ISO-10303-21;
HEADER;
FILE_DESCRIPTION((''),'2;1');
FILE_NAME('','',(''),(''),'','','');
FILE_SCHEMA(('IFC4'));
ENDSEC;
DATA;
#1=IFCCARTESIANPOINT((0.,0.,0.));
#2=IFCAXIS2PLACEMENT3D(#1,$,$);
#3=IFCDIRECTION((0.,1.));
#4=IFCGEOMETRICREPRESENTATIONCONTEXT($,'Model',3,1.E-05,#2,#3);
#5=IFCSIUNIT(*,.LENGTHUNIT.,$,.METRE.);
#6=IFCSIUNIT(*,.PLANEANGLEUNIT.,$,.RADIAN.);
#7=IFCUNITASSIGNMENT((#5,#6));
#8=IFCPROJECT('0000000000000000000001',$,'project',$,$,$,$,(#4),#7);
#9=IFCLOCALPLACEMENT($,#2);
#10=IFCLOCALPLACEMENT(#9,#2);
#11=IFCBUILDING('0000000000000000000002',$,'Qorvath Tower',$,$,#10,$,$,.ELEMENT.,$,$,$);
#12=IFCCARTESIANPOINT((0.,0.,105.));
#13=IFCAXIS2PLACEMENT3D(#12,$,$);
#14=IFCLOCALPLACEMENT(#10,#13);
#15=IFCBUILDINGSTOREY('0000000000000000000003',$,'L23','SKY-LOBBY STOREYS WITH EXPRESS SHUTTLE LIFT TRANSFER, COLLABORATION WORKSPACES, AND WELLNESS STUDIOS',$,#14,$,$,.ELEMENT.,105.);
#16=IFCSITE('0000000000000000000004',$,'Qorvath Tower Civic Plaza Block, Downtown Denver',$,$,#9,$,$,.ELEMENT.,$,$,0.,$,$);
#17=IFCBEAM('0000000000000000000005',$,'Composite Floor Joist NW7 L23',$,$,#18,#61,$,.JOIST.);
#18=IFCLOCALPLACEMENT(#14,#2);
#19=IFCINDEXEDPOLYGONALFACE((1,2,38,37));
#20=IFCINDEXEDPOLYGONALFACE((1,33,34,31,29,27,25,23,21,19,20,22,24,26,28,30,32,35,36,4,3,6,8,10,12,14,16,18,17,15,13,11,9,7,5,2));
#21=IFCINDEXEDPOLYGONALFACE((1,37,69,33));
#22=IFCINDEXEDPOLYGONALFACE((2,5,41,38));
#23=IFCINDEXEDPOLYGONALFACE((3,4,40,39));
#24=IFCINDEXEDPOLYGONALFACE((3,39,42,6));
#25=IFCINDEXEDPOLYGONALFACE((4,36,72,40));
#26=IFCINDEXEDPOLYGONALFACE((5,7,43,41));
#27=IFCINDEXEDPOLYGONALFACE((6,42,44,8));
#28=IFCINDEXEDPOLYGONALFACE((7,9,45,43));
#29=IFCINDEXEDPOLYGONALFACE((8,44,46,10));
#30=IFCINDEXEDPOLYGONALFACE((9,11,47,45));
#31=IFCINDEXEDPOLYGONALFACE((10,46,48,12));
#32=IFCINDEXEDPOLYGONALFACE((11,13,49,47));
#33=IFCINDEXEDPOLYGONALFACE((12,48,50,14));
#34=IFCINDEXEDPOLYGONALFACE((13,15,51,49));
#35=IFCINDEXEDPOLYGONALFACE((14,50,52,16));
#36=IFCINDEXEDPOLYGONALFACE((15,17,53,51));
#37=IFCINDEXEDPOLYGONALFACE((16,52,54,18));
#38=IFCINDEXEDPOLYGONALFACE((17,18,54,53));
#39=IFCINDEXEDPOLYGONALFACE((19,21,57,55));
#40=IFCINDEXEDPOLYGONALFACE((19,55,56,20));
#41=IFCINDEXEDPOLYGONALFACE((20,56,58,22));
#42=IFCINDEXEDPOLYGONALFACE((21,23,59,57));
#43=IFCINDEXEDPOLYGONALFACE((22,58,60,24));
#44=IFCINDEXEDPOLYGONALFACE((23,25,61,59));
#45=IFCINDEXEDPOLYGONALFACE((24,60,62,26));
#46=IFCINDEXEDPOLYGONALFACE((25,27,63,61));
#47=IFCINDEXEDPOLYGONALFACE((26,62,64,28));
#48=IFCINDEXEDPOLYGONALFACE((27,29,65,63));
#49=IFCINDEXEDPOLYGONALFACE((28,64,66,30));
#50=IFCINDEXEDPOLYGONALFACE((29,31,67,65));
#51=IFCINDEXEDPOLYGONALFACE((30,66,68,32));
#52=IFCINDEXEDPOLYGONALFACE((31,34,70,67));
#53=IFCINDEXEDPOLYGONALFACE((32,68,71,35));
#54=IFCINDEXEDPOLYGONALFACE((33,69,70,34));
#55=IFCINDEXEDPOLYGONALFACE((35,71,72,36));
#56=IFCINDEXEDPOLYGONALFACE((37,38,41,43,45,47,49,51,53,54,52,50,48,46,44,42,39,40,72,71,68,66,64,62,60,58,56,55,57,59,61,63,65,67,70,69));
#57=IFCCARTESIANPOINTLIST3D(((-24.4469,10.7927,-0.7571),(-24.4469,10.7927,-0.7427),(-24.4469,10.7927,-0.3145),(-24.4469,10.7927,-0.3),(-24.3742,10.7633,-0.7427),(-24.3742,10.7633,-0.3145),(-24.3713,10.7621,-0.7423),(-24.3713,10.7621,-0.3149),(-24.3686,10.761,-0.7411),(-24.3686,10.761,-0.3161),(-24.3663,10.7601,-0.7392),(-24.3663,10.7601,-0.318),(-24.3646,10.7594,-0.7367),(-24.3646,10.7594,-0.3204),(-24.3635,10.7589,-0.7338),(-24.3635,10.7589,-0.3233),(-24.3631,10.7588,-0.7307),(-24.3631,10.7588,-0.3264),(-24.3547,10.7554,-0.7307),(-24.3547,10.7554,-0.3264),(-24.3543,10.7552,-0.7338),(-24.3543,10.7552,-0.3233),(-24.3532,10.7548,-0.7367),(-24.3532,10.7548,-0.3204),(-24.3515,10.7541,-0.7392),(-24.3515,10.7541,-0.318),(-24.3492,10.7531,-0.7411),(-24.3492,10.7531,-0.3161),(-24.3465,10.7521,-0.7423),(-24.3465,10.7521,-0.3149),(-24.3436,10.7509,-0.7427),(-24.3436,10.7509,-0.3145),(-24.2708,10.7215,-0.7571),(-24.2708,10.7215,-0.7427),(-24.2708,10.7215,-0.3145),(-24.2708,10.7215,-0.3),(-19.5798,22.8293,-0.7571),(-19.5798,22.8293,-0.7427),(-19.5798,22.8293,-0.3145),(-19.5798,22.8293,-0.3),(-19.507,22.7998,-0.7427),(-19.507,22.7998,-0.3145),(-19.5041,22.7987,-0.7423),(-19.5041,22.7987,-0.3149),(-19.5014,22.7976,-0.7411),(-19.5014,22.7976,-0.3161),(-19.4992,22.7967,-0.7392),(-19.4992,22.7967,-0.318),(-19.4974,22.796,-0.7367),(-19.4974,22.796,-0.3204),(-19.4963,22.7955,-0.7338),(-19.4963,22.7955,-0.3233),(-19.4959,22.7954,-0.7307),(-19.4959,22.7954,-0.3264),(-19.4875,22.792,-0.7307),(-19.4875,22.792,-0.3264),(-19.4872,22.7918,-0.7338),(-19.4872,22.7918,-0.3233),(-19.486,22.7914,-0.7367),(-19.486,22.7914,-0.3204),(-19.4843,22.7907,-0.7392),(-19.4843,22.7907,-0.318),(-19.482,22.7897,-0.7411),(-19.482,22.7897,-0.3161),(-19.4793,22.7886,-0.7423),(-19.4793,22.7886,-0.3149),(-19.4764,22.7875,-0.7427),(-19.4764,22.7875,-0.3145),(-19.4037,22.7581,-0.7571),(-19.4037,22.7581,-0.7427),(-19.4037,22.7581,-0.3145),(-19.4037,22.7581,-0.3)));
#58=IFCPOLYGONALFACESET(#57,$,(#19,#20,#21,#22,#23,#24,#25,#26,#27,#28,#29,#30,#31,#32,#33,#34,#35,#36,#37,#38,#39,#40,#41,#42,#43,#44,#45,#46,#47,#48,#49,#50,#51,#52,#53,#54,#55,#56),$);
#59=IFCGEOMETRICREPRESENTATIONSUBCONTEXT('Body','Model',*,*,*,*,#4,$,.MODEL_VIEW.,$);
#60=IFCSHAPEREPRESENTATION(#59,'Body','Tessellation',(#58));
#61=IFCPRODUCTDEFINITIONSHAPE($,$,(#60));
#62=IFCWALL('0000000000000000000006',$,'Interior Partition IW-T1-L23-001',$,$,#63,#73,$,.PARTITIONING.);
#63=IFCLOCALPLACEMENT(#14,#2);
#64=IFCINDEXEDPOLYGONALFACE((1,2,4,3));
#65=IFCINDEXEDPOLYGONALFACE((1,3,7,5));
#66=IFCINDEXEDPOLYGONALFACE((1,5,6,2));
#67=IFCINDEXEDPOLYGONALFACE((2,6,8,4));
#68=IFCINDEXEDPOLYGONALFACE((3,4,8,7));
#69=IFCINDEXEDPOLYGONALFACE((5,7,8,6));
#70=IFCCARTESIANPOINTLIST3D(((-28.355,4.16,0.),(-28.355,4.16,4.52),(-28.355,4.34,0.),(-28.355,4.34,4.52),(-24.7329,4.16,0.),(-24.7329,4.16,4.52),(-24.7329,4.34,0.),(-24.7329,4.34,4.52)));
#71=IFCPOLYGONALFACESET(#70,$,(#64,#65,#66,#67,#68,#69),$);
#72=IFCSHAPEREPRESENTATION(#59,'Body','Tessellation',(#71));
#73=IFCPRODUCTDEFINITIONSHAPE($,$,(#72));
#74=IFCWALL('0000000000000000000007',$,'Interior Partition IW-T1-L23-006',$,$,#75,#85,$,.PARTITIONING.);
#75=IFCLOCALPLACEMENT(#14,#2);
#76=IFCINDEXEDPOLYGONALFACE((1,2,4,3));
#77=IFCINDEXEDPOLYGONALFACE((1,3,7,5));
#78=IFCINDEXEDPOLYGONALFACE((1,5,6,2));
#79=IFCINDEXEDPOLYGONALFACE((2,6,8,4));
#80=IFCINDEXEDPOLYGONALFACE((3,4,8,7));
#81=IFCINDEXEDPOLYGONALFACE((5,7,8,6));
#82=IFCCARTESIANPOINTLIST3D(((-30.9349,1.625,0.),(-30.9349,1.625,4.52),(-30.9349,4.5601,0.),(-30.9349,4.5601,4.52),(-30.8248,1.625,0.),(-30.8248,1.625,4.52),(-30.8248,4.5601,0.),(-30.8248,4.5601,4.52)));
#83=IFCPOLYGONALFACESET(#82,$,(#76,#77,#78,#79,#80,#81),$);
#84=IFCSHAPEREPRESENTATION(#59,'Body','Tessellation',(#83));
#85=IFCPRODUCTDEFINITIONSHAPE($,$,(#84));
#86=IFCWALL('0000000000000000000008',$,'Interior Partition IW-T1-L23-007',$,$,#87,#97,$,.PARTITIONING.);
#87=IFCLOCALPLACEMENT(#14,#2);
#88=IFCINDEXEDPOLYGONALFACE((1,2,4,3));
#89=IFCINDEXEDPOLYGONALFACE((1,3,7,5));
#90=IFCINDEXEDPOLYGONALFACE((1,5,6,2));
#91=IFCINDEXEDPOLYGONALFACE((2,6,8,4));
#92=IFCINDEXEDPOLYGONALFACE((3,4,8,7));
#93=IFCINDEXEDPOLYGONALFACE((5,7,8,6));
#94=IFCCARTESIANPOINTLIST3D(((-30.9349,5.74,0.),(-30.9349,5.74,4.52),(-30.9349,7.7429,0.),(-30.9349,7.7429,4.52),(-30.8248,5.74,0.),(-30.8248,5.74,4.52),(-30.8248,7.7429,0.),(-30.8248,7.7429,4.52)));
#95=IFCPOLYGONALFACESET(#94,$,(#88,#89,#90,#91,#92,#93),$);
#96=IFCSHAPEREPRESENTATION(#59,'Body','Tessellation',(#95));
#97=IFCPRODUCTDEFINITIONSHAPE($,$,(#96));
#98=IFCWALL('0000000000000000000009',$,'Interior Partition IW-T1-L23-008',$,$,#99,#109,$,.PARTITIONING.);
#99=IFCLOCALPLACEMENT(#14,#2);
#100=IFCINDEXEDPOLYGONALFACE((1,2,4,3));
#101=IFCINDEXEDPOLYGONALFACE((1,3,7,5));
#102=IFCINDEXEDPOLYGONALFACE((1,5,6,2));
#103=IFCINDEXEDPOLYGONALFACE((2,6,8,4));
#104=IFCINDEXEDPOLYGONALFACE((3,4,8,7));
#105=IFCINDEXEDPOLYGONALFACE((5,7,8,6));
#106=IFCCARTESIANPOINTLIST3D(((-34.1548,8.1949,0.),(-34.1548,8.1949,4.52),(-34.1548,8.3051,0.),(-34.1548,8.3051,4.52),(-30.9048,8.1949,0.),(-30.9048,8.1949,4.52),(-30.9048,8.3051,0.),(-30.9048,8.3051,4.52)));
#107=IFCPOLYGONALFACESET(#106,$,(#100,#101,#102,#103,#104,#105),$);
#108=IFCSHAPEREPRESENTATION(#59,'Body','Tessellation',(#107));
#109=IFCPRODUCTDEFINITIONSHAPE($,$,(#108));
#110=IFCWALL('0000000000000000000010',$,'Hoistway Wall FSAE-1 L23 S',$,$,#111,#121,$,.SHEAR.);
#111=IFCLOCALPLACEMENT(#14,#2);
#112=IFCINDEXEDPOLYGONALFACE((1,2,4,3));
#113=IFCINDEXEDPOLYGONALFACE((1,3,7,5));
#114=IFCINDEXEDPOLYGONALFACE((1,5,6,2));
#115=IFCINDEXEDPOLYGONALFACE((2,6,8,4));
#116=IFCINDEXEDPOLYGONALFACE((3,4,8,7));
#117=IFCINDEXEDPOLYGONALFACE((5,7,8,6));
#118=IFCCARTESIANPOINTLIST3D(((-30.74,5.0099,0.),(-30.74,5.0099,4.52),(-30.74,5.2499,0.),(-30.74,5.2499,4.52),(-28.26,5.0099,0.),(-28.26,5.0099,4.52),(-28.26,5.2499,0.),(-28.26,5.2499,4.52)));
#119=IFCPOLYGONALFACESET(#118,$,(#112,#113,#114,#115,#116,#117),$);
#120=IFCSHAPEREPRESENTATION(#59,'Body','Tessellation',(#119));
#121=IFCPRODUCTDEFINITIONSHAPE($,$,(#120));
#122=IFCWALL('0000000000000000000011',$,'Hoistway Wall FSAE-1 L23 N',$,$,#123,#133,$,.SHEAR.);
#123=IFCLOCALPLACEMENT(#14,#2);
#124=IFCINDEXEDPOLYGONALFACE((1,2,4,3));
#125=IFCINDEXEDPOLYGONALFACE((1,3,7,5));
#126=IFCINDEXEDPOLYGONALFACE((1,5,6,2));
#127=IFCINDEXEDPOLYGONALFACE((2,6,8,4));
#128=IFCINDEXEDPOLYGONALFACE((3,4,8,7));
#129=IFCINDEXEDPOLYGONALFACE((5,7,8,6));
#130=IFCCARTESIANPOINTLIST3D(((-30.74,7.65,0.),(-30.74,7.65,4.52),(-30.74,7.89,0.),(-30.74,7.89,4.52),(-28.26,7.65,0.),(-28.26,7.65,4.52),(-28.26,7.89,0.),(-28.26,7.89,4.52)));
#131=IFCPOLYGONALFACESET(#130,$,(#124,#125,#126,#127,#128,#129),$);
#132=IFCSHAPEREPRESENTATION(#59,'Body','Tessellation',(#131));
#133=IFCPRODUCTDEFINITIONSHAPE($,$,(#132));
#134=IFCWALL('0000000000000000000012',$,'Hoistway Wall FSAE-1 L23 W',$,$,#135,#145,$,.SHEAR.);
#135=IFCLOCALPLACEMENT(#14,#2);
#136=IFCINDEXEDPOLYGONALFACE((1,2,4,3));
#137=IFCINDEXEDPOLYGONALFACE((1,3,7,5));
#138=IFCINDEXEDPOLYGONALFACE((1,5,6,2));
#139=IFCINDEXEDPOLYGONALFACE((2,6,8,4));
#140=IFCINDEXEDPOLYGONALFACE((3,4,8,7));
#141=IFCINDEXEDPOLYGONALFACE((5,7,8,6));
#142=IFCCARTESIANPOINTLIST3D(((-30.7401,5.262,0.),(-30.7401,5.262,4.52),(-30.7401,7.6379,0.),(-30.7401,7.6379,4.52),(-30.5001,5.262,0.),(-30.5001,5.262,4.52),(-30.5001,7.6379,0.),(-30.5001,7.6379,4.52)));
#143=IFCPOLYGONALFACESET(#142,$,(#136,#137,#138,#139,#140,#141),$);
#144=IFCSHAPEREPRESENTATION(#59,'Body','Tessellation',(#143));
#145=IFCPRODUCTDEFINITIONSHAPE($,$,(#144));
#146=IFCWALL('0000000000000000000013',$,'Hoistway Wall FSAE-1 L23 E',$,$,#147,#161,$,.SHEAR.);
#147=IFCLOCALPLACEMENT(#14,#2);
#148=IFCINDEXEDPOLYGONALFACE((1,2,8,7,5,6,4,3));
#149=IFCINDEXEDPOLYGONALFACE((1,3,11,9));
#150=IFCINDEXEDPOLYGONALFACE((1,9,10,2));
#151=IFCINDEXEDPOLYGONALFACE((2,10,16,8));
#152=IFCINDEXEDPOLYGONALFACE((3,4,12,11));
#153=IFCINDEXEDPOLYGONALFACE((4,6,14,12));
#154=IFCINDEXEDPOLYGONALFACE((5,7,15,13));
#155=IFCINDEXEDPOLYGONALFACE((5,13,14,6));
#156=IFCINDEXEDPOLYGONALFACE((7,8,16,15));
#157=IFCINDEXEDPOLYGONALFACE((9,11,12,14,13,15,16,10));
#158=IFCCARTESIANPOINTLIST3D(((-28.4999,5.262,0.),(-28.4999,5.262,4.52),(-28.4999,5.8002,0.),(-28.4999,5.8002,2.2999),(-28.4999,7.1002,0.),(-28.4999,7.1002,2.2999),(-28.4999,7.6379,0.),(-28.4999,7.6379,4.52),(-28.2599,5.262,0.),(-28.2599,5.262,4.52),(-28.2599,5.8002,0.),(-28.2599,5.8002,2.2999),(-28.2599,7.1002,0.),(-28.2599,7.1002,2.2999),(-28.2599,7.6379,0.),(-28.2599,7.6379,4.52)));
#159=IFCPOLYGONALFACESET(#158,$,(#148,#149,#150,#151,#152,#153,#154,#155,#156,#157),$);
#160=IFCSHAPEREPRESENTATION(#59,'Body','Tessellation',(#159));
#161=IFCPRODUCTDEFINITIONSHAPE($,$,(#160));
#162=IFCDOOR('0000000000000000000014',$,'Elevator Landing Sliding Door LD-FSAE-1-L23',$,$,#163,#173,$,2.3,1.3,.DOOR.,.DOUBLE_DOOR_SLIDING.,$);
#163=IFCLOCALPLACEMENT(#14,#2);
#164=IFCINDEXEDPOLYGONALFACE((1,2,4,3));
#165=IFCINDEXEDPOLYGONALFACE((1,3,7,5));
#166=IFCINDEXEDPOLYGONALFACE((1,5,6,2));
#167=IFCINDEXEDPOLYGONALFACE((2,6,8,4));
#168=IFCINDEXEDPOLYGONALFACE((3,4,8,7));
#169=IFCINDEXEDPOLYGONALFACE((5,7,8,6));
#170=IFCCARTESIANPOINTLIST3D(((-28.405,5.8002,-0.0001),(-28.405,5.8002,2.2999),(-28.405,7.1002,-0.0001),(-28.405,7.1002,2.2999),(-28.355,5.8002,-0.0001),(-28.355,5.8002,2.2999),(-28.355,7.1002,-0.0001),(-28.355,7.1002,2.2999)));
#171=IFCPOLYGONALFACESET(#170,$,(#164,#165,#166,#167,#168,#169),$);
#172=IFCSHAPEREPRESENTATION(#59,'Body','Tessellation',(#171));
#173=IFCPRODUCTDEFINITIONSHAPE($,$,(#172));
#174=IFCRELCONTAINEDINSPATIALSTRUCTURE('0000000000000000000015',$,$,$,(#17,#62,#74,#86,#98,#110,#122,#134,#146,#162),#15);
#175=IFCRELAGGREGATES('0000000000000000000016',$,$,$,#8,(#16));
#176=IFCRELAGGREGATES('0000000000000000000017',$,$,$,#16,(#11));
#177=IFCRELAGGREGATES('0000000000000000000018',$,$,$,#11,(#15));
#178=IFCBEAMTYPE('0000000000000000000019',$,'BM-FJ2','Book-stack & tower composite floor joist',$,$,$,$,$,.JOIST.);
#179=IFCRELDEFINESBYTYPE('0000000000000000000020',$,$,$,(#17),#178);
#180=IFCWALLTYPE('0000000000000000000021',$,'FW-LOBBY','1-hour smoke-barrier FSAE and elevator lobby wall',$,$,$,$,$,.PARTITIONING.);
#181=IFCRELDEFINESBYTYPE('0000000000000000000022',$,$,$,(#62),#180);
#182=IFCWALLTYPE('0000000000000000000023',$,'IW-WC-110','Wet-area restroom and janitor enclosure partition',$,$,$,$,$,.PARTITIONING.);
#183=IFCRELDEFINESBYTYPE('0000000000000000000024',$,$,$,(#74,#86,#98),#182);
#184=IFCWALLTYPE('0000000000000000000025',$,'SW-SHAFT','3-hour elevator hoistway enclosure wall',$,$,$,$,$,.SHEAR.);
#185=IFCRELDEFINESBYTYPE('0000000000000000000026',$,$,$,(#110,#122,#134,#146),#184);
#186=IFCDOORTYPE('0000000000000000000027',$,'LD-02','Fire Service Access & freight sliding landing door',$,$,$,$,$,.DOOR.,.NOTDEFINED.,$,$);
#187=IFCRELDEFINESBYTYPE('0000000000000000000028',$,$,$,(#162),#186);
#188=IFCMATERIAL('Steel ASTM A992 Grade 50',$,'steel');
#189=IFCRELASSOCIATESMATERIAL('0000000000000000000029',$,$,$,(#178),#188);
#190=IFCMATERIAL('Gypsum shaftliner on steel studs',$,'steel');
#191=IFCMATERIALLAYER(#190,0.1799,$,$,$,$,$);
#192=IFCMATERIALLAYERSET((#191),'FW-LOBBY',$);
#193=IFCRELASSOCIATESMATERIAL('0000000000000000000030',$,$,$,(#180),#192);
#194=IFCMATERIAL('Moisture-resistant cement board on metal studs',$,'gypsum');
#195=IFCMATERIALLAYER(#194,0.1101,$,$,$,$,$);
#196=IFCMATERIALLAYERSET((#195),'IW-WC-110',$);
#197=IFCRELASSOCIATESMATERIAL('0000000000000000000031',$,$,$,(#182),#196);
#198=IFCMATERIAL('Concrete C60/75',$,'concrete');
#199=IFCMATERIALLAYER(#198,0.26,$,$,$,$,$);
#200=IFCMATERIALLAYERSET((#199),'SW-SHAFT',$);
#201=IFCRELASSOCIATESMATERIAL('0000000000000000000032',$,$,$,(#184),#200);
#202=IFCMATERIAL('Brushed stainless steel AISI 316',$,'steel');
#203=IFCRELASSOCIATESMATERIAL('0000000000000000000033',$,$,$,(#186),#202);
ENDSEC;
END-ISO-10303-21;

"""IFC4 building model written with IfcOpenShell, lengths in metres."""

from ifc_helpers import new_model, si_unit, direction, frame, frame_2d, origin, origin_2d, place, context, subcontext, project, spatial, rectangle, i_section, extrude, material, layer, layer_set, material_profile, profile_set, type_object, element, fill, save


model = new_model("IFC4")

# Units and contexts
model_context = context("Model", 3, precision=1e-05, world=origin(), true_north=direction((0.0, 1.0)))
body_context = subcontext(model_context, "Body", "Model", "MODEL_VIEW")
ifc_project = project(units=[si_unit("LENGTHUNIT", "METRE"), si_unit("PLANEANGLEUNIT", "RADIAN")], contexts=[model_context])

# Site, building, storey
site_placement = place(None, origin())
site = spatial("IfcSite", under=ifc_project, at=site_placement, Name="Qorvath Tower Civic Plaza Block, Downtown Denver", CompositionType="ELEMENT", RefElevation=0.0)
building_placement = place(site_placement, origin())
building = spatial("IfcBuilding", under=site, at=building_placement, Name="Qorvath Tower", CompositionType="ELEMENT")
storey_placement = place(building_placement, frame((0.0, 0.0, 105.0)))
storey = spatial("IfcBuildingStorey", under=building, at=storey_placement, Name="L23", Description="SKY-LOBBY STOREYS WITH EXPRESS SHUTTLE LIFT TRANSFER, COLLABORATION WORKSPACES, AND WELLNESS STUDIOS", CompositionType="ELEMENT", Elevation=105.0)

# Beam
ifc_material_1 = material(Name="Steel ASTM A992 Grade 50", Category="steel")
ifc_material_profile_1 = material_profile(ifc_material_1, i_section(OverallWidth=0.1899, OverallDepth=0.457, WebThickness=0.009, FlangeThickness=0.0144, FilletRadius=0.012, at=origin_2d()), Name="W18x50")
ifc_profile_set_1 = profile_set([ifc_material_profile_1], Name="Steel ASTM A992 Grade 50")
beam_type_1 = type_object("IfcBeamType", Name="BM-FJ2", Description="Book-stack & tower composite floor joist", PredefinedType="JOIST", material=ifc_profile_set_1)
beam_1_placement = place(storey_placement, frame((-24.3589, 10.7571, -0.5286), z_axis=(0.374877, 0.927075, 0.0), x_axis=(-0.927075, 0.374877, 0.0)))
element("IfcBeam", 1, at=beam_1_placement, inside=storey, type_object=beam_type_1, Name="Composite Floor Joist NW7 L23", PredefinedType="JOIST", context=body_context, shape_type="SweptSolid", body=[
    extrude(i_section(OverallWidth=0.1899, OverallDepth=0.457, WebThickness=0.009, FlangeThickness=0.0144, FilletRadius=0.012, at=origin_2d()), origin(), (0.0, 0.0, 1.0), 12.9834),
])

# Wall
ifc_material_2 = material(Name="Gypsum shaftliner on steel studs", Category="steel")
ifc_layer_1 = layer(ifc_material_2, 0.1799)
ifc_layer_set_1 = layer_set([ifc_layer_1], Name="FW-LOBBY")
wall_type_1 = type_object("IfcWallType", Name="FW-LOBBY", Description="1-hour smoke-barrier FSAE and elevator lobby wall", PredefinedType="PARTITIONING", material=ifc_layer_set_1)
wall_1_placement = place(storey_placement, frame((-28.355, 4.25, 0.0), z_axis=(0.0, 0.0, 1.0), x_axis=(1.0, 0.0, 0.0)))
element("IfcWall", 2, at=wall_1_placement, inside=storey, type_object=wall_type_1, Name="Interior Partition IW-T1-L23-001", PredefinedType="PARTITIONING", context=body_context, shape_type="SweptSolid", body=[
    extrude(rectangle(XDim=3.6221, YDim=0.1799, at=frame_2d((1.811, 0.0))), origin(), (0.0, 0.0, 1.0), 4.52),
])

# Walls
ifc_material_3 = material(Name="Moisture-resistant cement board on metal studs", Category="gypsum")
ifc_layer_2 = layer(ifc_material_3, 0.1101)
ifc_layer_set_2 = layer_set([ifc_layer_2], Name="IW-WC-110")
wall_type_2 = type_object("IfcWallType", Name="IW-WC-110", Description="Wet-area restroom and janitor enclosure partition", PredefinedType="PARTITIONING", material=ifc_layer_set_2)
wall_2_placement = place(storey_placement, frame((-30.8799, 1.625, 0.0), z_axis=(0.0, 0.0, 1.0), x_axis=(0.0, 1.0, 0.0)))
element("IfcWall", 3, at=wall_2_placement, inside=storey, type_object=wall_type_2, Name="Interior Partition IW-T1-L23-006", PredefinedType="PARTITIONING", context=body_context, shape_type="SweptSolid", body=[
    extrude(rectangle(XDim=2.9351, YDim=0.1101, at=frame_2d((1.4675, 0.0))), origin(), (0.0, 0.0, 1.0), 4.52),
])
wall_3_placement = place(storey_placement, frame((-30.8799, 5.74, 0.0), z_axis=(0.0, 0.0, 1.0), x_axis=(0.0, 1.0, 0.0)))
element("IfcWall", 4, at=wall_3_placement, inside=storey, type_object=wall_type_2, Name="Interior Partition IW-T1-L23-007", PredefinedType="PARTITIONING", context=body_context, shape_type="SweptSolid", body=[
    extrude(rectangle(XDim=2.0029, YDim=0.1101, at=frame_2d((1.0015, 0.0))), origin(), (0.0, 0.0, 1.0), 4.52),
])
wall_4_placement = place(storey_placement, frame((-30.9048, 8.25, 0.0), z_axis=(0.0, 0.0, 1.0), x_axis=(-1.0, 0.0, 0.0)))
element("IfcWall", 5, at=wall_4_placement, inside=storey, type_object=wall_type_2, Name="Interior Partition IW-T1-L23-008", PredefinedType="PARTITIONING", context=body_context, shape_type="SweptSolid", body=[
    extrude(rectangle(XDim=3.25, YDim=0.1101, at=frame_2d((1.625, 0.0))), origin(), (0.0, 0.0, 1.0), 4.52),
])
ifc_material_4 = material(Name="Concrete C60/75", Category="concrete")
ifc_layer_3 = layer(ifc_material_4, 0.26)
ifc_layer_set_3 = layer_set([ifc_layer_3], Name="SW-SHAFT")
wall_type_3 = type_object("IfcWallType", Name="SW-SHAFT", Description="3-hour elevator hoistway enclosure wall", PredefinedType="SHEAR", material=ifc_layer_set_3)
for number, where, z_axis, x_axis, name in (
    (6, (-28.26, 5.1299, 0.0), (0.0, 0.0, 1.0), (-1.0, 0.0, 0.0), "Hoistway Wall FSAE-1 L23 S"),
    (7, (-30.74, 7.77, 0.0), (0.0, 0.0, 1.0), (1.0, 0.0, 0.0), "Hoistway Wall FSAE-1 L23 N"),
):
    element("IfcWall", number, at=place(storey_placement, frame(where, z_axis=z_axis, x_axis=x_axis)), inside=storey, type_object=wall_type_3, Name=name, PredefinedType="SHEAR", context=body_context, shape_type="SweptSolid", body=[
        extrude(rectangle(XDim=2.48, YDim=0.24, at=frame_2d((1.24, 0.0))), origin(), (0.0, 0.0, 1.0), 4.52),
    ])
wall_5_placement = place(storey_placement, frame((-30.6201, 5.262, 0.0), z_axis=(0.0, 0.0, 1.0), x_axis=(0.0, 1.0, 0.0)))
element("IfcWall", 8, at=wall_5_placement, inside=storey, type_object=wall_type_3, Name="Hoistway Wall FSAE-1 L23 W", PredefinedType="SHEAR", context=body_context, shape_type="SweptSolid", body=[
    extrude(rectangle(XDim=2.376, YDim=0.24, at=frame_2d((1.188, 0.0))), origin(), (0.0, 0.0, 1.0), 4.52),
])

# Wall, opening, door
wall_6_placement = place(storey_placement, frame((-28.3799, 7.6379, 0.0), z_axis=(0.0, 0.0, 1.0), x_axis=(0.0, -1.0, 0.0)))
wall_6 = element("IfcWall", 9, at=wall_6_placement, inside=storey, type_object=wall_type_3, Name="Hoistway Wall FSAE-1 L23 E", PredefinedType="SHEAR", context=body_context, shape_type="SweptSolid", body=[
    extrude(rectangle(XDim=2.376, YDim=0.24, at=frame_2d((1.188, 0.0))), origin(), (0.0, 0.0, 1.0), 4.52),
])
opening_1_placement = place(wall_6_placement, frame((0.5378, 0.0, 0.0)))
opening_1 = element("IfcOpeningElement", 10, at=opening_1_placement, cuts=wall_6, PredefinedType="OPENING", context=body_context, shape_type="SweptSolid", body=[
    extrude(rectangle(XDim=1.3, YDim=2.3, at=frame_2d((0.6499, 1.1499))), frame((0.0, 0.1299, 0.0), z_axis=(0.0, -1.0, 0.0), x_axis=(1.0, 0.0, 0.0)), (0.0, 0.0, 1.0), 0.26),
])
ifc_material_5 = material(Name="Brushed stainless steel AISI 316", Category="steel")
door_type_1 = type_object("IfcDoorType", Name="LD-02", Description="Fire Service Access & freight sliding landing door", OperationType="NOTDEFINED", PredefinedType="DOOR", material=ifc_material_5)
door_1_placement = place(opening_1_placement, origin())
door_1 = element("IfcDoor", 11, at=door_1_placement, inside=storey, type_object=door_type_1, Name="Elevator Landing Sliding Door LD-FSAE-1-L23", OperationType="DOUBLE_DOOR_SLIDING", OverallHeight=2.3, OverallWidth=1.3, PredefinedType="DOOR", context=body_context, shape_type="SweptSolid", body=[
    extrude(rectangle(XDim=1.3, YDim=2.3, at=frame_2d((0.6499, 1.1499))), frame((0.0, 0.0249, 0.0), z_axis=(0.0, -1.0, 0.0), x_axis=(1.0, 0.0, 0.0)), (0.0, 0.0, 1.0), 0.05),
])
fill(opening_1, door_1)

save(model, "model.ifc")
